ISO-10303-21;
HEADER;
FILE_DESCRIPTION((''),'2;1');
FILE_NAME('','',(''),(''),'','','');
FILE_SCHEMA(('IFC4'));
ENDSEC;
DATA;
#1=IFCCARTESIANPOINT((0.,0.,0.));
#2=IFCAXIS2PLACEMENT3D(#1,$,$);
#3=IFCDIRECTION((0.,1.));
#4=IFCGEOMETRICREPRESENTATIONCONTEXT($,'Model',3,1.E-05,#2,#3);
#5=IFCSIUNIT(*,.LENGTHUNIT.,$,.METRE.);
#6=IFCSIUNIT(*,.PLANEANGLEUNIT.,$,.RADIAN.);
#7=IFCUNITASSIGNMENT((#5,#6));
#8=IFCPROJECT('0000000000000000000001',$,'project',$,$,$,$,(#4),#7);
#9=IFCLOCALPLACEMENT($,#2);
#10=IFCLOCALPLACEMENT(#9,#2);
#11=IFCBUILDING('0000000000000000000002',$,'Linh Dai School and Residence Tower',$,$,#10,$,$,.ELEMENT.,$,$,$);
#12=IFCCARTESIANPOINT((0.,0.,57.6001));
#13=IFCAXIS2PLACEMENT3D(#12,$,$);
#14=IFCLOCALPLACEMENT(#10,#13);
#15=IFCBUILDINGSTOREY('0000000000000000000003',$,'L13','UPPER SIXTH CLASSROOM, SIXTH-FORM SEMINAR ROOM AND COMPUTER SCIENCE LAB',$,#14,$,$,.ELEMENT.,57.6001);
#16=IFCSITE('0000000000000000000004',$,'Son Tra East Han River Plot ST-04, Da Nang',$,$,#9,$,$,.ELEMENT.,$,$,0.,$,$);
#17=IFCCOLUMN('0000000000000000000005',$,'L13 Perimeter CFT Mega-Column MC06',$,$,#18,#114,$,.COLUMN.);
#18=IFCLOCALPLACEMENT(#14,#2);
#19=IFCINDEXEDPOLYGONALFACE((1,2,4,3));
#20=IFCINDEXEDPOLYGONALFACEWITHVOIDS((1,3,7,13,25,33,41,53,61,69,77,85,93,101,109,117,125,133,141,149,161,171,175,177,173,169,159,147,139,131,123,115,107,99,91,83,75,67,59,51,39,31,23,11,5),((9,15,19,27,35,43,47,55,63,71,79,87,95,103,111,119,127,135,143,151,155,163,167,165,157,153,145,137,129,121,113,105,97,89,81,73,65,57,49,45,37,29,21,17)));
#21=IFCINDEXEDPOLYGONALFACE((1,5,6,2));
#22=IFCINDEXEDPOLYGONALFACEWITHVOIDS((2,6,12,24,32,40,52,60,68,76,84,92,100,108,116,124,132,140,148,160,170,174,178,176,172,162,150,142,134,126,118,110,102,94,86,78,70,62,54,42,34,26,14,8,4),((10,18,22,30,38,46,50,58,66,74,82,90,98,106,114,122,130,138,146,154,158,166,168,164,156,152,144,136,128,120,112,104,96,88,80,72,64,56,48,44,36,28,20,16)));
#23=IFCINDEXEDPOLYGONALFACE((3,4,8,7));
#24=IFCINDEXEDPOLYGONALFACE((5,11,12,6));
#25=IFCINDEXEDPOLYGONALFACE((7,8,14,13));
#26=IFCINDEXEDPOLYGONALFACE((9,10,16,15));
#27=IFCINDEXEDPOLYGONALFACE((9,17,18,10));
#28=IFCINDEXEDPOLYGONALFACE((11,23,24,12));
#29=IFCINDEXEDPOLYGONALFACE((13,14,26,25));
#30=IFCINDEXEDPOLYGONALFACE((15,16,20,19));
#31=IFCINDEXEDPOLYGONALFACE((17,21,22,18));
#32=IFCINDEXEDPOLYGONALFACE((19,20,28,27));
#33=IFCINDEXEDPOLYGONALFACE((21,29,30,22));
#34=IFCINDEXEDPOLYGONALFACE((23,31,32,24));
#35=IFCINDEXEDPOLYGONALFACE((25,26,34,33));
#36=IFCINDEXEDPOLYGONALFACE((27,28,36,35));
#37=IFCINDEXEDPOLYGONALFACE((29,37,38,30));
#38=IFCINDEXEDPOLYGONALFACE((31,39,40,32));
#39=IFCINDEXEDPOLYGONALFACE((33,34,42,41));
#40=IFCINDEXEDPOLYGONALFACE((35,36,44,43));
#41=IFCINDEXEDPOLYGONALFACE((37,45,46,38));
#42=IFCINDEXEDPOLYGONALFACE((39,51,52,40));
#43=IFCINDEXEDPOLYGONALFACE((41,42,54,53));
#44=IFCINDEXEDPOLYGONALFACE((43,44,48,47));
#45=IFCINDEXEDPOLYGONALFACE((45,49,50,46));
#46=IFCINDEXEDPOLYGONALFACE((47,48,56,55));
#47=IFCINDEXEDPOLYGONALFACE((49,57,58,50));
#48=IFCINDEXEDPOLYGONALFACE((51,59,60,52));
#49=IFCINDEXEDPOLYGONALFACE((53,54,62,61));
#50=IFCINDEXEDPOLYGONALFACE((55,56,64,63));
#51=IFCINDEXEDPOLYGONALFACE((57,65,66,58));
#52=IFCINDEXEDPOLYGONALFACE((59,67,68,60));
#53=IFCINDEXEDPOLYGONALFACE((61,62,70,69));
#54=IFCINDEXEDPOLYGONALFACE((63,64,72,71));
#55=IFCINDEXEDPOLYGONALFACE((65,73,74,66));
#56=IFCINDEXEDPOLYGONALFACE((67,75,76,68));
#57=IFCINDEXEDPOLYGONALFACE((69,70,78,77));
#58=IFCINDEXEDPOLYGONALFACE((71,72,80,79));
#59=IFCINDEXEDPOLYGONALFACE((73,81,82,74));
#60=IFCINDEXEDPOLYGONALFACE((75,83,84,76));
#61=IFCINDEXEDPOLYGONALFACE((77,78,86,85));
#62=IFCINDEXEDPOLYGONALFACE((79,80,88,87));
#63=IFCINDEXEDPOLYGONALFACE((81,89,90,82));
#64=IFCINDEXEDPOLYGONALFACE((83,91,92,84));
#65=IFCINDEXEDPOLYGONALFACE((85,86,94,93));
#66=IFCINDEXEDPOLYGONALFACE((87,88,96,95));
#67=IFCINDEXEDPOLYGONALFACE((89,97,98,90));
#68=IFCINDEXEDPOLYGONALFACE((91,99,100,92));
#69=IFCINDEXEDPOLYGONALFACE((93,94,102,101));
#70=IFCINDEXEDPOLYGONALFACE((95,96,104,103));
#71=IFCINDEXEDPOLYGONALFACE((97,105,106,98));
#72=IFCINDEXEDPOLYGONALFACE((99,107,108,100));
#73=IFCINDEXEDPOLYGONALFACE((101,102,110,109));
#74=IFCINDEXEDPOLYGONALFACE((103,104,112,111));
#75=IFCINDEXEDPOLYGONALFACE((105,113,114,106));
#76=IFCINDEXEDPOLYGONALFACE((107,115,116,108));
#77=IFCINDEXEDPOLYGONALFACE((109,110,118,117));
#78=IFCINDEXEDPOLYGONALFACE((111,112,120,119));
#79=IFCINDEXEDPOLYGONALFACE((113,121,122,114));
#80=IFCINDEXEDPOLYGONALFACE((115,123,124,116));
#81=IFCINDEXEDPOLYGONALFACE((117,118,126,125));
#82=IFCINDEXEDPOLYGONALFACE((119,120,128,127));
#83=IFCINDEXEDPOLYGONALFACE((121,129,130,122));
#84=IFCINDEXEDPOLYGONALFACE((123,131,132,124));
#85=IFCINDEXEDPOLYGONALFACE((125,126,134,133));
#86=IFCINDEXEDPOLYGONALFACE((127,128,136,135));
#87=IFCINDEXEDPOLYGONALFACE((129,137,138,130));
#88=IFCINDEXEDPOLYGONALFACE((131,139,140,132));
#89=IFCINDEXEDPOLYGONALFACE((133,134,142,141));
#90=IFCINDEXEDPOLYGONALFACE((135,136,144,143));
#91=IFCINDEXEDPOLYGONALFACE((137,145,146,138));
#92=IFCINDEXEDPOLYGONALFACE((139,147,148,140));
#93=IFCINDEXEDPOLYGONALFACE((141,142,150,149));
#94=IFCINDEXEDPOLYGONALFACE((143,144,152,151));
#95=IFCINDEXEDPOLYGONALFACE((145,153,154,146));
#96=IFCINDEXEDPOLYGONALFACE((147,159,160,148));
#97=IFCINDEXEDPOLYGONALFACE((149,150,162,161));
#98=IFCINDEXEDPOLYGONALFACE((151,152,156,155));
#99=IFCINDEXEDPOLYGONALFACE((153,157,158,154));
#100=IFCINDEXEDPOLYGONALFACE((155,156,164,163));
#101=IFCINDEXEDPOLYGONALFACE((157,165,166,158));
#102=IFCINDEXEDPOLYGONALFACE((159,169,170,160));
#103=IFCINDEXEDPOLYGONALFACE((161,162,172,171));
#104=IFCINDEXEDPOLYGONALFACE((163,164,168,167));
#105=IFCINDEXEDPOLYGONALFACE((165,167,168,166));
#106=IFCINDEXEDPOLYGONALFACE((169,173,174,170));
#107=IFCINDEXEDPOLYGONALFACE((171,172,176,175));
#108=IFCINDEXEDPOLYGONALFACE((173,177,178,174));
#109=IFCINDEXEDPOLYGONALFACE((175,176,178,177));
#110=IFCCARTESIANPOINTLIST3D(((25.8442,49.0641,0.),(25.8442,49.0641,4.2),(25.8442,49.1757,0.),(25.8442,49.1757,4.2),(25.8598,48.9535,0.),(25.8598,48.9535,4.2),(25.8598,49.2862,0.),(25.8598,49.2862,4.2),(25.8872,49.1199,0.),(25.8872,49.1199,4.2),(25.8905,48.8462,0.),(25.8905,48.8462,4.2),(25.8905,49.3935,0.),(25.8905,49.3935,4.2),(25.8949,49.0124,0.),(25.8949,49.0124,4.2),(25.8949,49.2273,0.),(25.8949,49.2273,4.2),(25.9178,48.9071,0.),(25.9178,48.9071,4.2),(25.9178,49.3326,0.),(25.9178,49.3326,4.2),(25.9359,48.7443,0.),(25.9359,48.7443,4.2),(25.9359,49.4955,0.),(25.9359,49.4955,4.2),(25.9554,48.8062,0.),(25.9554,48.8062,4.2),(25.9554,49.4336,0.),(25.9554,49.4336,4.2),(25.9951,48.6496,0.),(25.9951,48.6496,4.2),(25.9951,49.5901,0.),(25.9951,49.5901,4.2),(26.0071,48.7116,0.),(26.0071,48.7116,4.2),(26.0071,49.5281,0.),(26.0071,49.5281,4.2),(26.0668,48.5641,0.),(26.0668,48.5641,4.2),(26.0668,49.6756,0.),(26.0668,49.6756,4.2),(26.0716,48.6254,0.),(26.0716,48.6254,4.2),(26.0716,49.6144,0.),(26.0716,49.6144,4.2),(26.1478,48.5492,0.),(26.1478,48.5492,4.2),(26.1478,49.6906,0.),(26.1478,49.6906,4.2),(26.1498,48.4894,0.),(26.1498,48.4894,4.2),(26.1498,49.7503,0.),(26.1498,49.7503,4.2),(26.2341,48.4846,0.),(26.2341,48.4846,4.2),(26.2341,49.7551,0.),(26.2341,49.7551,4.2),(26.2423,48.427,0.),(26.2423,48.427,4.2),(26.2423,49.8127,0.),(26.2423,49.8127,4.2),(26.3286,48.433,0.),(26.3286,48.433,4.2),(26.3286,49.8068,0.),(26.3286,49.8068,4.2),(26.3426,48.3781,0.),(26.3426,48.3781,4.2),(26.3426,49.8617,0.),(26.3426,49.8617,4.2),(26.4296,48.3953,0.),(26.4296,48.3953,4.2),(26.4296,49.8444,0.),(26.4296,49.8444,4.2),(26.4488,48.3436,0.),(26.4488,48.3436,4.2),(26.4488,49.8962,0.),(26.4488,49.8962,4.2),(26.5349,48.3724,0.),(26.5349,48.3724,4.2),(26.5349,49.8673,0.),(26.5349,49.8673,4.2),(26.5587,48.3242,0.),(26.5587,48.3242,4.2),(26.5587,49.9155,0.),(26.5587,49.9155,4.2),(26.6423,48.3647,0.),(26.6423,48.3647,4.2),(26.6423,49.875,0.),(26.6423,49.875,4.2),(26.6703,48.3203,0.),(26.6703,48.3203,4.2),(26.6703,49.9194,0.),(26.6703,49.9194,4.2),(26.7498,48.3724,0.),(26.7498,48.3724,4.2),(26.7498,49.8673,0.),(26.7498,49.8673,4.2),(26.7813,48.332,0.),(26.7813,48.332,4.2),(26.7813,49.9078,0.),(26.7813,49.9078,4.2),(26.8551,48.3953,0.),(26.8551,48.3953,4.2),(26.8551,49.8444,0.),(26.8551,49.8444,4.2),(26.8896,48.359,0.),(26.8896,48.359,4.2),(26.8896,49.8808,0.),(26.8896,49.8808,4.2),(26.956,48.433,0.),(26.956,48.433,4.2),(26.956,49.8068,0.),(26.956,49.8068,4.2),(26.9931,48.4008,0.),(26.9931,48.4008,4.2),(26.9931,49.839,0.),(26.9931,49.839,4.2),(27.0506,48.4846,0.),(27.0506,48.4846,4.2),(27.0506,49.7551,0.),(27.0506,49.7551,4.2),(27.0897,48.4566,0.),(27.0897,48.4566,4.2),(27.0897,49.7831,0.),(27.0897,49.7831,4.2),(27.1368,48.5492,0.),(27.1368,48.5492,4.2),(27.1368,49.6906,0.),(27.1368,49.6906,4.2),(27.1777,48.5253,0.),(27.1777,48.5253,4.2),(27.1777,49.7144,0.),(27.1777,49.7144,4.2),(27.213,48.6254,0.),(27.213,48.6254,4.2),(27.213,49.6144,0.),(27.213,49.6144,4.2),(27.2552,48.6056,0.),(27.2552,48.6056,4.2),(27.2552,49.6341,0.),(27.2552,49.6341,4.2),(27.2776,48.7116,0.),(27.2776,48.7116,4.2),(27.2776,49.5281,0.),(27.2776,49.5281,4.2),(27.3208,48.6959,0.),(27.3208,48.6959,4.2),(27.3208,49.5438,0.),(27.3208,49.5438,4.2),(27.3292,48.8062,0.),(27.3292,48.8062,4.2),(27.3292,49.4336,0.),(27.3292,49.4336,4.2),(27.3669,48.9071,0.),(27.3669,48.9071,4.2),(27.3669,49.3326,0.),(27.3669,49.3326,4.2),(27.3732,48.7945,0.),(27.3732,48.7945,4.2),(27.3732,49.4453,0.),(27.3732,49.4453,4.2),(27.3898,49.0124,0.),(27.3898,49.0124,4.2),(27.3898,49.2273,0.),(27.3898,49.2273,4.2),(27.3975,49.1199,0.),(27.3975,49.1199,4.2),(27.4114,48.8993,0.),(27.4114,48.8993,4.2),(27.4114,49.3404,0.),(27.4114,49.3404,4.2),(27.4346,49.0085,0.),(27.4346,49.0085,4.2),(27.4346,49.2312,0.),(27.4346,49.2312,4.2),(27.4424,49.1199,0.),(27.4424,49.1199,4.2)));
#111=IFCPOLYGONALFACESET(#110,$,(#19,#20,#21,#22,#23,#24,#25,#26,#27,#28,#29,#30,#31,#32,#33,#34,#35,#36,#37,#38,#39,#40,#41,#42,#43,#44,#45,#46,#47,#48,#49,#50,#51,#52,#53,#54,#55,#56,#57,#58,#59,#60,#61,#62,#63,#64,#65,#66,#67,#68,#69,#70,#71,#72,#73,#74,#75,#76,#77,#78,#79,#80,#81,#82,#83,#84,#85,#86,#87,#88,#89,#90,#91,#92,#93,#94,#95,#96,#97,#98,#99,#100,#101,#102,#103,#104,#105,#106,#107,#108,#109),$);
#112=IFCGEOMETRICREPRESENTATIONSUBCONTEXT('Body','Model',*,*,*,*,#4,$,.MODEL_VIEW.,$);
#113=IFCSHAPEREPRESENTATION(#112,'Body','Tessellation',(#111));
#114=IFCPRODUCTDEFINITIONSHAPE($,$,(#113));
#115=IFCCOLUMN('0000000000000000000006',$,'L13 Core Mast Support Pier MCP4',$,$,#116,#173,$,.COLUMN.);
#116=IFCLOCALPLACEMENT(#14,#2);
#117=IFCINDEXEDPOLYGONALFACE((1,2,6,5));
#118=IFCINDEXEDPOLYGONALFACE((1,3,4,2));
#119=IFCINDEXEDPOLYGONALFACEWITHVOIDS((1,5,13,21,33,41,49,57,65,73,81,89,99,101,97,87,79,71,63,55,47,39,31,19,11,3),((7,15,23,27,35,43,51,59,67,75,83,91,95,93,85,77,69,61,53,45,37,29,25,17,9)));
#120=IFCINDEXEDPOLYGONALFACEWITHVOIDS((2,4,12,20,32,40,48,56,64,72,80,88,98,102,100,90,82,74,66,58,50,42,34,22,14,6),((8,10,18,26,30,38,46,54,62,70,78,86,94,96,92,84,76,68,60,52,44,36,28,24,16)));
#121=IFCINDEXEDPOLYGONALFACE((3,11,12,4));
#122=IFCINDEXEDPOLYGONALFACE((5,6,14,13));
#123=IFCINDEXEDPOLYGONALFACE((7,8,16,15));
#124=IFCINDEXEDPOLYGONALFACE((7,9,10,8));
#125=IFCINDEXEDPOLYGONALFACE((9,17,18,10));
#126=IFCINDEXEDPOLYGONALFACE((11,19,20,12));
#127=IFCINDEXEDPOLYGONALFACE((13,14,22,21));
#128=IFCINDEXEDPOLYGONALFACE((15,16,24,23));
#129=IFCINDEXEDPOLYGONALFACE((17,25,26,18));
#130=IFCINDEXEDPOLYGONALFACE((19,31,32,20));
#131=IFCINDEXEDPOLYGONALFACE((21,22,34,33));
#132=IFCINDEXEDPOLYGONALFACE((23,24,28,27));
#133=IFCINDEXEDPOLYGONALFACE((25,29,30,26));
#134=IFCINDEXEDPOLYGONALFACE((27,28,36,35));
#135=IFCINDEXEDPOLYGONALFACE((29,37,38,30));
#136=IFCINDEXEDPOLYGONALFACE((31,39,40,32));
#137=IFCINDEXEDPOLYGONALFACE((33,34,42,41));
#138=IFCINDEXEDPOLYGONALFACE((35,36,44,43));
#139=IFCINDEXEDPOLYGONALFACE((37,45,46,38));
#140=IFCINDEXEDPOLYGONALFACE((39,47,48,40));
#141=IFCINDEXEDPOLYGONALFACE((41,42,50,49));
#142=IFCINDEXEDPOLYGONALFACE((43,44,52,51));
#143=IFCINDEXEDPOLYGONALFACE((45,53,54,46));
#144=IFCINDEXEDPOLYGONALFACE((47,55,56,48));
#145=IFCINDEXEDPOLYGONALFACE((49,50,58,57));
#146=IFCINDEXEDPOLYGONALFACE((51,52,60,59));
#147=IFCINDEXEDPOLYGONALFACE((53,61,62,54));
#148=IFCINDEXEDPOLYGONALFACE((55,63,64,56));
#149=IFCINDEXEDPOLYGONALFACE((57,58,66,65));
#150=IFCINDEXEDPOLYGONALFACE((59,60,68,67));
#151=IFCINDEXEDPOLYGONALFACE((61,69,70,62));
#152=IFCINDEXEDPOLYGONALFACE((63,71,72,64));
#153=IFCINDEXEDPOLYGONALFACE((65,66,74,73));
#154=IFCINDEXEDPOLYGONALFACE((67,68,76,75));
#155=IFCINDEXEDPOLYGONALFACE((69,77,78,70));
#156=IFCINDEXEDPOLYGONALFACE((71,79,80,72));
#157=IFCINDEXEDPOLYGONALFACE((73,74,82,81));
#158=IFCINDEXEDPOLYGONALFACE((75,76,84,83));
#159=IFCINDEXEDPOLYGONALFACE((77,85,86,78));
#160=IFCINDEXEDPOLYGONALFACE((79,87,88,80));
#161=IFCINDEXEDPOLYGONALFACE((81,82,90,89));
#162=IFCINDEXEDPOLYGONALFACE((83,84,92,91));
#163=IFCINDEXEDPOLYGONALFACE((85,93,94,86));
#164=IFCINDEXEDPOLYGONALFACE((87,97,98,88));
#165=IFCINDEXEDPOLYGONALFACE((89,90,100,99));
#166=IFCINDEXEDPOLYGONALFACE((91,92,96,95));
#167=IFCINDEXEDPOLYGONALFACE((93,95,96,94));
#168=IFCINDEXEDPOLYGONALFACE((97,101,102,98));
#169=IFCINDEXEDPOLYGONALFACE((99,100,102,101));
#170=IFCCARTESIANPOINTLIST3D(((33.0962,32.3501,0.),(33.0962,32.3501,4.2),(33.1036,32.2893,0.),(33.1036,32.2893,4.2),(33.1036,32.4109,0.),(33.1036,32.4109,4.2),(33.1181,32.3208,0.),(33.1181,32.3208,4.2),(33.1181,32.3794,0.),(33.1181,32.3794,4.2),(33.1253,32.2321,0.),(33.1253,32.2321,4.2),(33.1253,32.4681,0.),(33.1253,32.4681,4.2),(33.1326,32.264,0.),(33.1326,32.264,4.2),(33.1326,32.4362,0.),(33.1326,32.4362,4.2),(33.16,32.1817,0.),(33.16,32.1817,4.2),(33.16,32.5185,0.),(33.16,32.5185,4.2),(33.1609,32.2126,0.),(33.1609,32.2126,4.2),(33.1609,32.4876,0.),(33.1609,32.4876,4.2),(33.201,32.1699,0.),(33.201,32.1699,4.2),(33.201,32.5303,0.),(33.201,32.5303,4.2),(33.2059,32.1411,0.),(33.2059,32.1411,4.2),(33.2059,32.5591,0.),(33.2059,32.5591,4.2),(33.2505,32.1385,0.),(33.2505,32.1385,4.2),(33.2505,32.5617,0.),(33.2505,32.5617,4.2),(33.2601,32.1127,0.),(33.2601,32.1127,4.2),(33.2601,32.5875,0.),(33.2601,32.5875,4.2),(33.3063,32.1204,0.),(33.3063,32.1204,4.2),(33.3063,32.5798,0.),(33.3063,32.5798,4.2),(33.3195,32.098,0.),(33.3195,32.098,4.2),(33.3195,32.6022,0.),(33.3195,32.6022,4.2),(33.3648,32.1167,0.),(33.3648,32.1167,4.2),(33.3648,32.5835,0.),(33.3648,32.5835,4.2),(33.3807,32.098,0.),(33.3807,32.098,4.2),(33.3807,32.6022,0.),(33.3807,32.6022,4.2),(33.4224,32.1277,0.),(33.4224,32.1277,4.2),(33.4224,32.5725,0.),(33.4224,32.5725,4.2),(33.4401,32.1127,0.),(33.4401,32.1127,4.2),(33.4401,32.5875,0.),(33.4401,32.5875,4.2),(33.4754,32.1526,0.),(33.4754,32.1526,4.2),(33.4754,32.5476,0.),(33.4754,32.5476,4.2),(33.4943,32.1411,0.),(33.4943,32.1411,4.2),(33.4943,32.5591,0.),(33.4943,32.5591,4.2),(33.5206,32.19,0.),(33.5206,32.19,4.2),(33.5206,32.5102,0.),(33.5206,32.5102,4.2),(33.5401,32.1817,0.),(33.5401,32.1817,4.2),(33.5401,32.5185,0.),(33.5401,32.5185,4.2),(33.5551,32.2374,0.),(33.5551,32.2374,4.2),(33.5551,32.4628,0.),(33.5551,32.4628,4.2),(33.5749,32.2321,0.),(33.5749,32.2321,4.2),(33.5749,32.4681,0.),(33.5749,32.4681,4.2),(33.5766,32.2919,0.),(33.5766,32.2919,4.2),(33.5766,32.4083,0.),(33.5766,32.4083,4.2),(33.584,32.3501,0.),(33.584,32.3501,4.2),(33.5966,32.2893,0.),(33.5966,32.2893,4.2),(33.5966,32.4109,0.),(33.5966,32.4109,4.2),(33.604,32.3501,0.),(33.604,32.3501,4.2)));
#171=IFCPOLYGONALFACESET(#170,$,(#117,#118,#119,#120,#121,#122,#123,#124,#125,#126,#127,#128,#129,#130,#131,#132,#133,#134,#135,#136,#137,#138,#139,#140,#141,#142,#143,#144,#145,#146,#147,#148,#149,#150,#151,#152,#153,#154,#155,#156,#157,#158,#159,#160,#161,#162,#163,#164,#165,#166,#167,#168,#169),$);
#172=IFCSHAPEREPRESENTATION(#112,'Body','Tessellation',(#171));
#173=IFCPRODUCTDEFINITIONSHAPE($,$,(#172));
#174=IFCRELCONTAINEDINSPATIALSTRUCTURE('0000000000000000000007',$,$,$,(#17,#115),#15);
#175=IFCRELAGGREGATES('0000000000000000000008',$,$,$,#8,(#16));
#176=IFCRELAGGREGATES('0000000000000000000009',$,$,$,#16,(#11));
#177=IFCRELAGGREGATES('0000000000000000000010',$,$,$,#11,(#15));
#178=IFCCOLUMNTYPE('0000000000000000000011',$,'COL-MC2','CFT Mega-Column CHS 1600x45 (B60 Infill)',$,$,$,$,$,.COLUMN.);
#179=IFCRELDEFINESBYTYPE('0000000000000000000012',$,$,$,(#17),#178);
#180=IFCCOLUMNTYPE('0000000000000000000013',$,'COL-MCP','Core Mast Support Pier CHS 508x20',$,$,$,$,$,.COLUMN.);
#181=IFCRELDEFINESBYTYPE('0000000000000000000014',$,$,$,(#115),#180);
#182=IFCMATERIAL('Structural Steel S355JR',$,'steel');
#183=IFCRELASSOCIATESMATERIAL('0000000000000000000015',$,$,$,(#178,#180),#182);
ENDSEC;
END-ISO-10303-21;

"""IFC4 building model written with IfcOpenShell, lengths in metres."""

from ifc_helpers import new_model, si_unit, direction, frame, origin, origin_2d, place, context, subcontext, project, spatial, hollow_circle, extrude, material, material_profile, profile_set, type_object, element, save


model = new_model("IFC4")

# Units and contexts
model_context = context("Model", 3, precision=1e-05, world=origin(), true_north=direction((0.0, 1.0)))
body_context = subcontext(model_context, "Body", "Model", "MODEL_VIEW")
ifc_project = project(units=[si_unit("LENGTHUNIT", "METRE"), si_unit("PLANEANGLEUNIT", "RADIAN")], contexts=[model_context])

# Site, building, storey
site_placement = place(None, origin())
site = spatial("IfcSite", under=ifc_project, at=site_placement, Name="Son Tra East Han River Plot ST-04, Da Nang", CompositionType="ELEMENT", RefElevation=0.0)
building_placement = place(site_placement, origin())
building = spatial("IfcBuilding", under=site, at=building_placement, Name="Linh Dai School and Residence Tower", CompositionType="ELEMENT")
storey_placement = place(building_placement, frame((0.0, 0.0, 57.6001)))
storey = spatial("IfcBuildingStorey", under=building, at=storey_placement, Name="L13", Description="UPPER SIXTH CLASSROOM, SIXTH-FORM SEMINAR ROOM AND COMPUTER SCIENCE LAB", CompositionType="ELEMENT", Elevation=57.6001)

# Columns
ifc_material_1 = material(Name="Structural Steel S355JR", Category="steel")
ifc_material_profile_1 = material_profile(ifc_material_1, hollow_circle(Radius=0.8, WallThickness=0.0449, at=origin_2d()), Name="CHS 1600x45")
ifc_profile_set_1 = profile_set([ifc_material_profile_1], Name="Structural Steel S355JR")
column_type_1 = type_object("IfcColumnType", Name="COL-MC2", Description="CFT Mega-Column CHS 1600x45 (B60 Infill)", PredefinedType="COLUMN", material=ifc_profile_set_1)
for number, where, z_axis, x_axis, name in (
    (1, (26.6423, 49.1199, 0.0), (0.0, 0.0, 1.0), (1.0, 0.0, 0.0), "L13 Perimeter CFT Mega-Column MC06"),
):
    element("IfcColumn", number, at=place(storey_placement, frame(where, z_axis=z_axis, x_axis=x_axis)), inside=storey, type_object=column_type_1, Name=name, PredefinedType="COLUMN", context=body_context, shape_type="SweptSolid", body=[
        extrude(hollow_circle(Radius=0.8, WallThickness=0.0449, at=origin_2d()), origin(), (0.0, 0.0, 1.0), 4.2),
    ])
ifc_material_profile_2 = material_profile(ifc_material_1, hollow_circle(Radius=0.2539, WallThickness=0.02, at=origin_2d()), Name="CHS 508x20")
ifc_profile_set_2 = profile_set([ifc_material_profile_2], Name="Structural Steel S355JR")
column_type_2 = type_object("IfcColumnType", Name="COL-MCP", Description="Core Mast Support Pier CHS 508x20", PredefinedType="COLUMN", material=ifc_profile_set_2)
column_1_placement = place(storey_placement, frame((33.3501, 32.3501, 0.0), z_axis=(0.0, 0.0, 1.0), x_axis=(1.0, 0.0, 0.0)))
element("IfcColumn", 2, at=column_1_placement, inside=storey, type_object=column_type_2, Name="L13 Core Mast Support Pier MCP4", PredefinedType="COLUMN", context=body_context, shape_type="SweptSolid", body=[
    extrude(hollow_circle(Radius=0.2539, WallThickness=0.02, at=origin_2d()), origin(), (0.0, 0.0, 1.0), 4.2),
])

save(model, "model.ifc")
